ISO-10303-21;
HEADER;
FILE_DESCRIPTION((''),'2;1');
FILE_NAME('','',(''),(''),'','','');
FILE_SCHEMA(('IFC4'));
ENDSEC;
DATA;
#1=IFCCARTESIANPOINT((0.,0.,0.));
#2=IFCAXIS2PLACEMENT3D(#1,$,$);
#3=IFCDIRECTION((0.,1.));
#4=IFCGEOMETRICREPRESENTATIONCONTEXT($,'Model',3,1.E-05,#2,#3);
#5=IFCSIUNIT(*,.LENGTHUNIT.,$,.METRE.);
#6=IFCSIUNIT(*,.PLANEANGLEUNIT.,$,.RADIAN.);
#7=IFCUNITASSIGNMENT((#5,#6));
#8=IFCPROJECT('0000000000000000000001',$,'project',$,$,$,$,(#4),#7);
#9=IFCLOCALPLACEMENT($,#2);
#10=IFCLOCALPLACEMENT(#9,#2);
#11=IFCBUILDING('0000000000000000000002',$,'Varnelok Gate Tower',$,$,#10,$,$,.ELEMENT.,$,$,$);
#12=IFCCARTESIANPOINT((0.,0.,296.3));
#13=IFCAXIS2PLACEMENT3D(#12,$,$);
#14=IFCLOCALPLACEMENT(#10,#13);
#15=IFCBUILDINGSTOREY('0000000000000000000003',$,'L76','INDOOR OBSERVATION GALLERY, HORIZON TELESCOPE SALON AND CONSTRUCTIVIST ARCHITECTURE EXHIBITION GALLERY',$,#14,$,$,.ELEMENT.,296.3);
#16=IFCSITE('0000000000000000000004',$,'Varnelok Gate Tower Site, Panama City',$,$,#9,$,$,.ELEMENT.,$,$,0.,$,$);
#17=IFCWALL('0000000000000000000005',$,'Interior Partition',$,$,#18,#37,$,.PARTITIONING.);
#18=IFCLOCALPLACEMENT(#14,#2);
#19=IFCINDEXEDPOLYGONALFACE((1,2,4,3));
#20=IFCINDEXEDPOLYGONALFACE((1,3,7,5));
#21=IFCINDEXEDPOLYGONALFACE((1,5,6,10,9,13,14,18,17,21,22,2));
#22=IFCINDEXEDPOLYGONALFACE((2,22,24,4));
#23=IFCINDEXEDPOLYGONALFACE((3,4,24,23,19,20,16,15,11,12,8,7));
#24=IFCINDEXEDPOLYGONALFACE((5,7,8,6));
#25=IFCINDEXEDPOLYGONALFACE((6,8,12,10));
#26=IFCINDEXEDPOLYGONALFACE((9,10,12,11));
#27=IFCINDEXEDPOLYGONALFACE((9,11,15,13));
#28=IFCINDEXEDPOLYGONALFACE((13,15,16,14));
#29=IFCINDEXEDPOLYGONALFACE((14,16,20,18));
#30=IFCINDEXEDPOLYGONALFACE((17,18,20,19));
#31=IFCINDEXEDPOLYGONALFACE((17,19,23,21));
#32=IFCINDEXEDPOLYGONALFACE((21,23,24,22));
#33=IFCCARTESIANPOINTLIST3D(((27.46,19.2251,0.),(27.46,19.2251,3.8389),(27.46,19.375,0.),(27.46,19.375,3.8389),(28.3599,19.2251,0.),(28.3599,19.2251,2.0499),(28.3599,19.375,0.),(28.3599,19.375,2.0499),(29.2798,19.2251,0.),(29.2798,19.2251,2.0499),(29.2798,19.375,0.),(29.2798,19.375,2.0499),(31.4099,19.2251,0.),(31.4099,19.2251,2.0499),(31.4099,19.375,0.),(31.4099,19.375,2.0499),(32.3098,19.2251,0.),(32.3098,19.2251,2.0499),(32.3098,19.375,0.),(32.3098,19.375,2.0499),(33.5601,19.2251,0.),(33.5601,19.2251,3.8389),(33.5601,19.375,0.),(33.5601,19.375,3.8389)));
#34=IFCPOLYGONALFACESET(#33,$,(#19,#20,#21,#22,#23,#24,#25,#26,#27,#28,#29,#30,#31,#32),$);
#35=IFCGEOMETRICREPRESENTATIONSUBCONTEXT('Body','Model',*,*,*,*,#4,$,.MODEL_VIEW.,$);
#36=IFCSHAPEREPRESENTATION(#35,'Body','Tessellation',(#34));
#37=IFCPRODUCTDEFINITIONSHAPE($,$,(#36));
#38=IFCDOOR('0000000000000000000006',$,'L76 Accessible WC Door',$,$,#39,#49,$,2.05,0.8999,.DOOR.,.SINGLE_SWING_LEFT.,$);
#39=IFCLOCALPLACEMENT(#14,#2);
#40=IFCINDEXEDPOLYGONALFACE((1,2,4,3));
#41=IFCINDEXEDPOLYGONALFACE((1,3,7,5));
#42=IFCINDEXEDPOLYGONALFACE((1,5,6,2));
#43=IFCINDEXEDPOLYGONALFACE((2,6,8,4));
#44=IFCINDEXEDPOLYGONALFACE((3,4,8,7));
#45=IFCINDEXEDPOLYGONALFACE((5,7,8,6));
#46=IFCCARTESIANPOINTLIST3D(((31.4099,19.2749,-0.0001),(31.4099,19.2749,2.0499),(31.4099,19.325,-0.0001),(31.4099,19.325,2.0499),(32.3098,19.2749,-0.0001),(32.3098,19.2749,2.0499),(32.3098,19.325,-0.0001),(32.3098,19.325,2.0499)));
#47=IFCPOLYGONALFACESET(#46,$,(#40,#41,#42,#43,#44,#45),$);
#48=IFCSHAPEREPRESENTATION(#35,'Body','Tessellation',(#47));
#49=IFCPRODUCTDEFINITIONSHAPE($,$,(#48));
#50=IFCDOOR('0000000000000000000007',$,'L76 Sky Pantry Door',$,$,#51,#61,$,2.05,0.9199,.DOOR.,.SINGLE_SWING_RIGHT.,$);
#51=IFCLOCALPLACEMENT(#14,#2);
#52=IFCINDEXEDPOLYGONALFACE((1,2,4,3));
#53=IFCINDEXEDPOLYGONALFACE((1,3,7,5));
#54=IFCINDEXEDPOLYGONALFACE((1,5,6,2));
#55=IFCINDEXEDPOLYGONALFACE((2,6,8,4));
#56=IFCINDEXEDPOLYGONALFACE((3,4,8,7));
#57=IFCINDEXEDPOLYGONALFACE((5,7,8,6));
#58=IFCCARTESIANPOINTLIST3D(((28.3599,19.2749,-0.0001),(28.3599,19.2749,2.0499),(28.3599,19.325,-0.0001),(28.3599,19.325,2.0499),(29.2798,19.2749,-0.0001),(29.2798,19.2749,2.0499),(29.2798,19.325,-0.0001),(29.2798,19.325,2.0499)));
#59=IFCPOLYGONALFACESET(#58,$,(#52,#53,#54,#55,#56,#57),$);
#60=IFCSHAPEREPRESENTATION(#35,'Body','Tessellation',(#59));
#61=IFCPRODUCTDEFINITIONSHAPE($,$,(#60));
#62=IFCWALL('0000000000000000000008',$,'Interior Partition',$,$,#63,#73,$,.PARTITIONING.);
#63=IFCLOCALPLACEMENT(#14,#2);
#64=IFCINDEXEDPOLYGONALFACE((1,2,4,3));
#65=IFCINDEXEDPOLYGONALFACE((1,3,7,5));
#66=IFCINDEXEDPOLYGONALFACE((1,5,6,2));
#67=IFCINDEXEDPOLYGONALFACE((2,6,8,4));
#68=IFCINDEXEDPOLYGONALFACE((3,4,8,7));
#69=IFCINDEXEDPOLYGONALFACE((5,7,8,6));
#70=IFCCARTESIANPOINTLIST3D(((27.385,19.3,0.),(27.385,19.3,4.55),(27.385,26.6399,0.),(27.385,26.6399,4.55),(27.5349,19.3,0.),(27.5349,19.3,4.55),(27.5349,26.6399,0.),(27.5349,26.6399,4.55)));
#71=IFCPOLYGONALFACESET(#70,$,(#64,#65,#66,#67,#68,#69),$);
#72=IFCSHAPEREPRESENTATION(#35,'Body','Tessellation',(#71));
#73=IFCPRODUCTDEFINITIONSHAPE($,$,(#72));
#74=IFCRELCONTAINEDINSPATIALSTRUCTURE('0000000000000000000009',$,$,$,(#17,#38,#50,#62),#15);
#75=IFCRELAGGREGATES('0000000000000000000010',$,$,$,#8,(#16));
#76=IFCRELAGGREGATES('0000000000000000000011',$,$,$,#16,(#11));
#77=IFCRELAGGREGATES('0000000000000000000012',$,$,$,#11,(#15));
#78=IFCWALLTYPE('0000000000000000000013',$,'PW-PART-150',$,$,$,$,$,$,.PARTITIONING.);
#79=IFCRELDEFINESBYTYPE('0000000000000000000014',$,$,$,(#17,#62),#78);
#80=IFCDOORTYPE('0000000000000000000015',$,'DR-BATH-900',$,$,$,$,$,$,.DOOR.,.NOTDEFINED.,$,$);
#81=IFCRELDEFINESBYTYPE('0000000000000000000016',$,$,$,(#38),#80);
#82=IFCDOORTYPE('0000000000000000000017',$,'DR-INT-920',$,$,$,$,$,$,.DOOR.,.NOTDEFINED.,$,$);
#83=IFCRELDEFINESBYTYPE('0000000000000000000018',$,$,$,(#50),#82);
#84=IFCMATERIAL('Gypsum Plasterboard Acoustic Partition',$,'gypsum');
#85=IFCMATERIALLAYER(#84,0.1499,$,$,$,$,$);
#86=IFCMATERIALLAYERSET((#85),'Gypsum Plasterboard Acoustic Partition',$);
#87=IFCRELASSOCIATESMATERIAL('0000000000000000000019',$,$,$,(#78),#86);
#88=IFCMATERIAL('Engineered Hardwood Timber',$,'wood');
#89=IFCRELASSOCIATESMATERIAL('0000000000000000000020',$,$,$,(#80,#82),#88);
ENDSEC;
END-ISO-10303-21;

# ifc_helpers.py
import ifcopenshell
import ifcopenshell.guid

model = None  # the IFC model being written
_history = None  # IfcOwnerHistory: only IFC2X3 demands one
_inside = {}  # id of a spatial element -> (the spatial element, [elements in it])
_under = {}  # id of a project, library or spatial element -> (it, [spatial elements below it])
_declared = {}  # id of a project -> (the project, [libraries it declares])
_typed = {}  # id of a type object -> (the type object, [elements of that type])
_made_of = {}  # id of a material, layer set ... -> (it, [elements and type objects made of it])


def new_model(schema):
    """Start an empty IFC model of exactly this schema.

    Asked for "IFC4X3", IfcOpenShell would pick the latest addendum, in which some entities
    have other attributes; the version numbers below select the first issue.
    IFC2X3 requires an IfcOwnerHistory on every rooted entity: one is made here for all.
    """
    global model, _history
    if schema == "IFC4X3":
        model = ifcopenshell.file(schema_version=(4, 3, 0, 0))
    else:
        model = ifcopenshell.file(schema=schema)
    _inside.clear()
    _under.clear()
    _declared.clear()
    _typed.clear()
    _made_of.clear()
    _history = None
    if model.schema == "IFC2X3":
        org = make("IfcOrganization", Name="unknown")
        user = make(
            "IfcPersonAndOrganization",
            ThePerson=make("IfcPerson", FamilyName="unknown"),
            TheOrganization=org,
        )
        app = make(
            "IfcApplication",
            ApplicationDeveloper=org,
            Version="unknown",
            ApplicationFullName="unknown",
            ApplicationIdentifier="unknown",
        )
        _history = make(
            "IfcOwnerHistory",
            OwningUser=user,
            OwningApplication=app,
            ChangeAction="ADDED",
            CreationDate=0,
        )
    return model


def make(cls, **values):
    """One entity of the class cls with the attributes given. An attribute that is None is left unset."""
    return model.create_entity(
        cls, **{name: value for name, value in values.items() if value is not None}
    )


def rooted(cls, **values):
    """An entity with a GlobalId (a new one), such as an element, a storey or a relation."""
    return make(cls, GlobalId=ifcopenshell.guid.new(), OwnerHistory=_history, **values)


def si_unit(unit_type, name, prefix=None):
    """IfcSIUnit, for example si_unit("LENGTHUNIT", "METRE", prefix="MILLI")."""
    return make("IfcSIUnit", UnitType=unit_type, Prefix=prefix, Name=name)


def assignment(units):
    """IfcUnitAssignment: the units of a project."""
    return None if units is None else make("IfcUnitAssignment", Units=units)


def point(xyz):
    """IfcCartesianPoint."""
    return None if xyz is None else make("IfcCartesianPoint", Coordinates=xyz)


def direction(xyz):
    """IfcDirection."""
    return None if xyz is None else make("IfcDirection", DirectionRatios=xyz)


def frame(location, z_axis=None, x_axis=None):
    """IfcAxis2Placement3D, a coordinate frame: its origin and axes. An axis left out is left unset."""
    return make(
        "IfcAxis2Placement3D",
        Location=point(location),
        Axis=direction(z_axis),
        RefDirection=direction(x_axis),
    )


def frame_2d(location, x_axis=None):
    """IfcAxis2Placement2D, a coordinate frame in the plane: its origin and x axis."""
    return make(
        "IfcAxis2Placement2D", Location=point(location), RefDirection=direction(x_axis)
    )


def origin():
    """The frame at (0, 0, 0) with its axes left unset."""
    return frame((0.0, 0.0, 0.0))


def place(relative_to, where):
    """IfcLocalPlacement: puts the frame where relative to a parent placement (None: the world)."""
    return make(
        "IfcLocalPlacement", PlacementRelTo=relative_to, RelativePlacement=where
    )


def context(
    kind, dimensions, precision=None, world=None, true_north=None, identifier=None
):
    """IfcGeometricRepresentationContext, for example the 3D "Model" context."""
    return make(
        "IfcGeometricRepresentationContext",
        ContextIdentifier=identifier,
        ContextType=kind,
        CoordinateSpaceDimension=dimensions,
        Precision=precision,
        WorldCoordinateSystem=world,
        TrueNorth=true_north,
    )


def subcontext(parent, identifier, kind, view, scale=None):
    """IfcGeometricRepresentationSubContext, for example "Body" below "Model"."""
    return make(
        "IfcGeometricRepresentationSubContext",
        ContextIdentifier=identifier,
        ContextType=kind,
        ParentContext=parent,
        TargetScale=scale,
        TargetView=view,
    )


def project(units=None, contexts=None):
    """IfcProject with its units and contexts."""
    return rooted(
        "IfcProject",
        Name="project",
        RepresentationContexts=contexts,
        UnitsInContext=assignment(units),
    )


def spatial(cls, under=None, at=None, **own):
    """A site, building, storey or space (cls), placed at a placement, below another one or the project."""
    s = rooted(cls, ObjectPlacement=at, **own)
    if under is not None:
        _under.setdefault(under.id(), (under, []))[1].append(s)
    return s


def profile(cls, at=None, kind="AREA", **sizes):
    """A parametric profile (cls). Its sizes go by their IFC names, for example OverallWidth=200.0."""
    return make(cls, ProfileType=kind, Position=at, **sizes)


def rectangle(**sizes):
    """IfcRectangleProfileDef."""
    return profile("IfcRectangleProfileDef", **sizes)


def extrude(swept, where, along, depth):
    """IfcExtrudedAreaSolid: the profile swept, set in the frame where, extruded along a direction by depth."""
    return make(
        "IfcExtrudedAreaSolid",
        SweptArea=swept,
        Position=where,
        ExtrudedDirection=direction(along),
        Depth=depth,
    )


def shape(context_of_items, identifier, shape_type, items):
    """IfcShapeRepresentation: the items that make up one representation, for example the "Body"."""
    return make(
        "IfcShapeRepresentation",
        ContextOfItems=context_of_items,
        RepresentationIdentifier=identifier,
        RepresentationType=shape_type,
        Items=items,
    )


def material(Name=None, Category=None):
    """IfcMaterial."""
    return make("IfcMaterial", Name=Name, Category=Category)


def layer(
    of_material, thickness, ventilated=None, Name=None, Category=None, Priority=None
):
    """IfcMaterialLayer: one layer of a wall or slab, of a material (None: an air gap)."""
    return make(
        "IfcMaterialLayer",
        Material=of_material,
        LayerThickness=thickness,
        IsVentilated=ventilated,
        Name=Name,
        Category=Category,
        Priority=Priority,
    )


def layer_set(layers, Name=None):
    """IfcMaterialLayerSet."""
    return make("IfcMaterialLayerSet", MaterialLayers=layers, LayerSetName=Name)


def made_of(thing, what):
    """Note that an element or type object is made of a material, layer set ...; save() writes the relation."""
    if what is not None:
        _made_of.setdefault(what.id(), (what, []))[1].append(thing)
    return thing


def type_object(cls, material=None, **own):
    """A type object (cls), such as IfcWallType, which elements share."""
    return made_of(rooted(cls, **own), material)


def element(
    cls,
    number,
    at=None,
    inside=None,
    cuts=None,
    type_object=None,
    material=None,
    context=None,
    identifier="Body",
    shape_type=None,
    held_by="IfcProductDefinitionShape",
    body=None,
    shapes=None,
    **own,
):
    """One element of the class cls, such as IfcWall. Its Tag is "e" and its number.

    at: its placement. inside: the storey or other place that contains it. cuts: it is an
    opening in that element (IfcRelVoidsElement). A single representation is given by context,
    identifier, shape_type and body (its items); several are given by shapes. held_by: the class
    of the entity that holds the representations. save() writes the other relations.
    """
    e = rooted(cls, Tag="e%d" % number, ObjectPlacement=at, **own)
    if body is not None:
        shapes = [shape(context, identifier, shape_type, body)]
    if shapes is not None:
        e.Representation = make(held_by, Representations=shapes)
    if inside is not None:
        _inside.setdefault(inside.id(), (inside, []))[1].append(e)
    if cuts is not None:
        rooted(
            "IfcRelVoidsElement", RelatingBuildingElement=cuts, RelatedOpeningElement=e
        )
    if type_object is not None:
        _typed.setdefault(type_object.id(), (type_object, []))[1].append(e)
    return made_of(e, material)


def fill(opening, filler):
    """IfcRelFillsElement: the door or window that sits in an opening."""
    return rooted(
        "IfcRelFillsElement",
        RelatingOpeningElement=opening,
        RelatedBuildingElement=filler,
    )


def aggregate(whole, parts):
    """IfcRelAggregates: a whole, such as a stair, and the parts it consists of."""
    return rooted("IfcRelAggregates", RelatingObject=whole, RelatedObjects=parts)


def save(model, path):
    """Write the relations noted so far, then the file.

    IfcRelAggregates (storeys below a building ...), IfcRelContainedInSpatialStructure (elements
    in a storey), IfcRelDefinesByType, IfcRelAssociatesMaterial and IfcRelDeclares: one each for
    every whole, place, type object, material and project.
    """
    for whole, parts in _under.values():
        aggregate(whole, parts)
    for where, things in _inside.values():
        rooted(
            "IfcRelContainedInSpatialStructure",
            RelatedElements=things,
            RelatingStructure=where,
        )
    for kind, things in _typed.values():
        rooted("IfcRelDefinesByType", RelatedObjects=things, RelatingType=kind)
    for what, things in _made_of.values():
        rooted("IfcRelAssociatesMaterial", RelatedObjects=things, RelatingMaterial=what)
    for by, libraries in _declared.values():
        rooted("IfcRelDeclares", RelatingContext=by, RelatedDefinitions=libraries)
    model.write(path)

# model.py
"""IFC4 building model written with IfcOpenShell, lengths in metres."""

from ifc_helpers import new_model, si_unit, direction, frame, frame_2d, origin, place, context, subcontext, project, spatial, rectangle, extrude, material, layer, layer_set, type_object, element, fill, save


model = new_model("IFC4")

# Units and contexts
model_context = context("Model", 3, precision=1e-05, world=origin(), true_north=direction((0.0, 1.0)))
body_context = subcontext(model_context, "Body", "Model", "MODEL_VIEW")
ifc_project = project(units=[si_unit("LENGTHUNIT", "METRE"), si_unit("PLANEANGLEUNIT", "RADIAN")], contexts=[model_context])

# Site, building, storey
site_placement = place(None, origin())
site = spatial("IfcSite", under=ifc_project, at=site_placement, Name="Varnelok Gate Tower Site, Panama City", CompositionType="ELEMENT", RefElevation=0.0)
building_placement = place(site_placement, origin())
building = spatial("IfcBuilding", under=site, at=building_placement, Name="Varnelok Gate Tower", CompositionType="ELEMENT")
storey_placement = place(building_placement, frame((0.0, 0.0, 296.3)))
storey = spatial("IfcBuildingStorey", under=building, at=storey_placement, Name="L76", Description="INDOOR OBSERVATION GALLERY, HORIZON TELESCOPE SALON AND CONSTRUCTIVIST ARCHITECTURE EXHIBITION GALLERY", CompositionType="ELEMENT", Elevation=296.3)

# Wall, openings, doors
ifc_material_1 = material(Name="Gypsum Plasterboard Acoustic Partition", Category="gypsum")
ifc_layer_1 = layer(ifc_material_1, 0.1499)
ifc_layer_set_1 = layer_set([ifc_layer_1], Name="Gypsum Plasterboard Acoustic Partition")
wall_type_1 = type_object("IfcWallType", Name="PW-PART-150", PredefinedType="PARTITIONING", material=ifc_layer_set_1)
ifc_material_2 = material(Name="Engineered Hardwood Timber", Category="wood")
door_type_1 = type_object("IfcDoorType", Name="DR-BATH-900", OperationType="NOTDEFINED", PredefinedType="DOOR", material=ifc_material_2)
wall_1_placement = place(storey_placement, frame((27.46, 19.3, 0.0), z_axis=(0.0, 0.0, 1.0), x_axis=(1.0, 0.0, 0.0)))
wall_1 = element("IfcWall", 1, at=wall_1_placement, inside=storey, type_object=wall_type_1, Name="Interior Partition", PredefinedType="PARTITIONING", context=body_context, shape_type="SweptSolid", body=[
    extrude(rectangle(XDim=6.1001, YDim=0.1499, at=frame_2d((3.05, 0.0))), origin(), (0.0, 0.0, 1.0), 3.8389),
])
opening_1_placement = place(wall_1_placement, frame((0.8999, 0.0, 0.0)))
opening_1 = element("IfcOpeningElement", 2, at=opening_1_placement, cuts=wall_1, PredefinedType="OPENING", context=body_context, shape_type="SweptSolid", body=[
    extrude(rectangle(XDim=0.9199, YDim=2.05, at=frame_2d((0.46, 1.0249))), frame((0.0, 0.085, 0.0), z_axis=(0.0, -1.0, 0.0), x_axis=(1.0, 0.0, 0.0)), (0.0, 0.0, 1.0), 0.1699),
])
opening_2_placement = place(wall_1_placement, frame((3.95, 0.0, 0.0)))
opening_2 = element("IfcOpeningElement", 3, at=opening_2_placement, cuts=wall_1, PredefinedType="OPENING", context=body_context, shape_type="SweptSolid", body=[
    extrude(rectangle(XDim=0.8999, YDim=2.05, at=frame_2d((0.45, 1.0249))), frame((0.0, 0.085, 0.0), z_axis=(0.0, -1.0, 0.0), x_axis=(1.0, 0.0, 0.0)), (0.0, 0.0, 1.0), 0.1699),
])
door_1_placement = place(opening_2_placement, origin())
door_1 = element("IfcDoor", 4, at=door_1_placement, inside=storey, type_object=door_type_1, Name="L76 Accessible WC Door", OperationType="SINGLE_SWING_LEFT", OverallHeight=2.05, OverallWidth=0.8999, PredefinedType="DOOR", context=body_context, shape_type="SweptSolid", body=[
    extrude(rectangle(XDim=0.8999, YDim=2.05, at=frame_2d((0.45, 1.0249))), frame((0.0, 0.0249, 0.0), z_axis=(0.0, -1.0, 0.0), x_axis=(1.0, 0.0, 0.0)), (0.0, 0.0, 1.0), 0.05),
])
fill(opening_2, door_1)
door_type_2 = type_object("IfcDoorType", Name="DR-INT-920", OperationType="NOTDEFINED", PredefinedType="DOOR", material=ifc_material_2)
door_2_placement = place(opening_1_placement, origin())
door_2 = element("IfcDoor", 5, at=door_2_placement, inside=storey, type_object=door_type_2, Name="L76 Sky Pantry Door", OperationType="SINGLE_SWING_RIGHT", OverallHeight=2.05, OverallWidth=0.9199, PredefinedType="DOOR", context=body_context, shape_type="SweptSolid", body=[
    extrude(rectangle(XDim=0.9199, YDim=2.05, at=frame_2d((0.46, 1.0249))), frame((0.0, 0.0249, 0.0), z_axis=(0.0, -1.0, 0.0), x_axis=(1.0, 0.0, 0.0)), (0.0, 0.0, 1.0), 0.05),
])
fill(opening_1, door_2)

# Wall
wall_2_placement = place(storey_placement, frame((27.46, 19.3, 0.0), z_axis=(0.0, 0.0, 1.0), x_axis=(0.0, 1.0, 0.0)))
element("IfcWall", 6, at=wall_2_placement, inside=storey, type_object=wall_type_1, Name="Interior Partition", PredefinedType="PARTITIONING", context=body_context, shape_type="SweptSolid", body=[
    extrude(rectangle(XDim=7.3398, YDim=0.1499, at=frame_2d((3.6699, 0.0))), origin(), (0.0, 0.0, 1.0), 4.55),
])

save(model, "model.ifc")
